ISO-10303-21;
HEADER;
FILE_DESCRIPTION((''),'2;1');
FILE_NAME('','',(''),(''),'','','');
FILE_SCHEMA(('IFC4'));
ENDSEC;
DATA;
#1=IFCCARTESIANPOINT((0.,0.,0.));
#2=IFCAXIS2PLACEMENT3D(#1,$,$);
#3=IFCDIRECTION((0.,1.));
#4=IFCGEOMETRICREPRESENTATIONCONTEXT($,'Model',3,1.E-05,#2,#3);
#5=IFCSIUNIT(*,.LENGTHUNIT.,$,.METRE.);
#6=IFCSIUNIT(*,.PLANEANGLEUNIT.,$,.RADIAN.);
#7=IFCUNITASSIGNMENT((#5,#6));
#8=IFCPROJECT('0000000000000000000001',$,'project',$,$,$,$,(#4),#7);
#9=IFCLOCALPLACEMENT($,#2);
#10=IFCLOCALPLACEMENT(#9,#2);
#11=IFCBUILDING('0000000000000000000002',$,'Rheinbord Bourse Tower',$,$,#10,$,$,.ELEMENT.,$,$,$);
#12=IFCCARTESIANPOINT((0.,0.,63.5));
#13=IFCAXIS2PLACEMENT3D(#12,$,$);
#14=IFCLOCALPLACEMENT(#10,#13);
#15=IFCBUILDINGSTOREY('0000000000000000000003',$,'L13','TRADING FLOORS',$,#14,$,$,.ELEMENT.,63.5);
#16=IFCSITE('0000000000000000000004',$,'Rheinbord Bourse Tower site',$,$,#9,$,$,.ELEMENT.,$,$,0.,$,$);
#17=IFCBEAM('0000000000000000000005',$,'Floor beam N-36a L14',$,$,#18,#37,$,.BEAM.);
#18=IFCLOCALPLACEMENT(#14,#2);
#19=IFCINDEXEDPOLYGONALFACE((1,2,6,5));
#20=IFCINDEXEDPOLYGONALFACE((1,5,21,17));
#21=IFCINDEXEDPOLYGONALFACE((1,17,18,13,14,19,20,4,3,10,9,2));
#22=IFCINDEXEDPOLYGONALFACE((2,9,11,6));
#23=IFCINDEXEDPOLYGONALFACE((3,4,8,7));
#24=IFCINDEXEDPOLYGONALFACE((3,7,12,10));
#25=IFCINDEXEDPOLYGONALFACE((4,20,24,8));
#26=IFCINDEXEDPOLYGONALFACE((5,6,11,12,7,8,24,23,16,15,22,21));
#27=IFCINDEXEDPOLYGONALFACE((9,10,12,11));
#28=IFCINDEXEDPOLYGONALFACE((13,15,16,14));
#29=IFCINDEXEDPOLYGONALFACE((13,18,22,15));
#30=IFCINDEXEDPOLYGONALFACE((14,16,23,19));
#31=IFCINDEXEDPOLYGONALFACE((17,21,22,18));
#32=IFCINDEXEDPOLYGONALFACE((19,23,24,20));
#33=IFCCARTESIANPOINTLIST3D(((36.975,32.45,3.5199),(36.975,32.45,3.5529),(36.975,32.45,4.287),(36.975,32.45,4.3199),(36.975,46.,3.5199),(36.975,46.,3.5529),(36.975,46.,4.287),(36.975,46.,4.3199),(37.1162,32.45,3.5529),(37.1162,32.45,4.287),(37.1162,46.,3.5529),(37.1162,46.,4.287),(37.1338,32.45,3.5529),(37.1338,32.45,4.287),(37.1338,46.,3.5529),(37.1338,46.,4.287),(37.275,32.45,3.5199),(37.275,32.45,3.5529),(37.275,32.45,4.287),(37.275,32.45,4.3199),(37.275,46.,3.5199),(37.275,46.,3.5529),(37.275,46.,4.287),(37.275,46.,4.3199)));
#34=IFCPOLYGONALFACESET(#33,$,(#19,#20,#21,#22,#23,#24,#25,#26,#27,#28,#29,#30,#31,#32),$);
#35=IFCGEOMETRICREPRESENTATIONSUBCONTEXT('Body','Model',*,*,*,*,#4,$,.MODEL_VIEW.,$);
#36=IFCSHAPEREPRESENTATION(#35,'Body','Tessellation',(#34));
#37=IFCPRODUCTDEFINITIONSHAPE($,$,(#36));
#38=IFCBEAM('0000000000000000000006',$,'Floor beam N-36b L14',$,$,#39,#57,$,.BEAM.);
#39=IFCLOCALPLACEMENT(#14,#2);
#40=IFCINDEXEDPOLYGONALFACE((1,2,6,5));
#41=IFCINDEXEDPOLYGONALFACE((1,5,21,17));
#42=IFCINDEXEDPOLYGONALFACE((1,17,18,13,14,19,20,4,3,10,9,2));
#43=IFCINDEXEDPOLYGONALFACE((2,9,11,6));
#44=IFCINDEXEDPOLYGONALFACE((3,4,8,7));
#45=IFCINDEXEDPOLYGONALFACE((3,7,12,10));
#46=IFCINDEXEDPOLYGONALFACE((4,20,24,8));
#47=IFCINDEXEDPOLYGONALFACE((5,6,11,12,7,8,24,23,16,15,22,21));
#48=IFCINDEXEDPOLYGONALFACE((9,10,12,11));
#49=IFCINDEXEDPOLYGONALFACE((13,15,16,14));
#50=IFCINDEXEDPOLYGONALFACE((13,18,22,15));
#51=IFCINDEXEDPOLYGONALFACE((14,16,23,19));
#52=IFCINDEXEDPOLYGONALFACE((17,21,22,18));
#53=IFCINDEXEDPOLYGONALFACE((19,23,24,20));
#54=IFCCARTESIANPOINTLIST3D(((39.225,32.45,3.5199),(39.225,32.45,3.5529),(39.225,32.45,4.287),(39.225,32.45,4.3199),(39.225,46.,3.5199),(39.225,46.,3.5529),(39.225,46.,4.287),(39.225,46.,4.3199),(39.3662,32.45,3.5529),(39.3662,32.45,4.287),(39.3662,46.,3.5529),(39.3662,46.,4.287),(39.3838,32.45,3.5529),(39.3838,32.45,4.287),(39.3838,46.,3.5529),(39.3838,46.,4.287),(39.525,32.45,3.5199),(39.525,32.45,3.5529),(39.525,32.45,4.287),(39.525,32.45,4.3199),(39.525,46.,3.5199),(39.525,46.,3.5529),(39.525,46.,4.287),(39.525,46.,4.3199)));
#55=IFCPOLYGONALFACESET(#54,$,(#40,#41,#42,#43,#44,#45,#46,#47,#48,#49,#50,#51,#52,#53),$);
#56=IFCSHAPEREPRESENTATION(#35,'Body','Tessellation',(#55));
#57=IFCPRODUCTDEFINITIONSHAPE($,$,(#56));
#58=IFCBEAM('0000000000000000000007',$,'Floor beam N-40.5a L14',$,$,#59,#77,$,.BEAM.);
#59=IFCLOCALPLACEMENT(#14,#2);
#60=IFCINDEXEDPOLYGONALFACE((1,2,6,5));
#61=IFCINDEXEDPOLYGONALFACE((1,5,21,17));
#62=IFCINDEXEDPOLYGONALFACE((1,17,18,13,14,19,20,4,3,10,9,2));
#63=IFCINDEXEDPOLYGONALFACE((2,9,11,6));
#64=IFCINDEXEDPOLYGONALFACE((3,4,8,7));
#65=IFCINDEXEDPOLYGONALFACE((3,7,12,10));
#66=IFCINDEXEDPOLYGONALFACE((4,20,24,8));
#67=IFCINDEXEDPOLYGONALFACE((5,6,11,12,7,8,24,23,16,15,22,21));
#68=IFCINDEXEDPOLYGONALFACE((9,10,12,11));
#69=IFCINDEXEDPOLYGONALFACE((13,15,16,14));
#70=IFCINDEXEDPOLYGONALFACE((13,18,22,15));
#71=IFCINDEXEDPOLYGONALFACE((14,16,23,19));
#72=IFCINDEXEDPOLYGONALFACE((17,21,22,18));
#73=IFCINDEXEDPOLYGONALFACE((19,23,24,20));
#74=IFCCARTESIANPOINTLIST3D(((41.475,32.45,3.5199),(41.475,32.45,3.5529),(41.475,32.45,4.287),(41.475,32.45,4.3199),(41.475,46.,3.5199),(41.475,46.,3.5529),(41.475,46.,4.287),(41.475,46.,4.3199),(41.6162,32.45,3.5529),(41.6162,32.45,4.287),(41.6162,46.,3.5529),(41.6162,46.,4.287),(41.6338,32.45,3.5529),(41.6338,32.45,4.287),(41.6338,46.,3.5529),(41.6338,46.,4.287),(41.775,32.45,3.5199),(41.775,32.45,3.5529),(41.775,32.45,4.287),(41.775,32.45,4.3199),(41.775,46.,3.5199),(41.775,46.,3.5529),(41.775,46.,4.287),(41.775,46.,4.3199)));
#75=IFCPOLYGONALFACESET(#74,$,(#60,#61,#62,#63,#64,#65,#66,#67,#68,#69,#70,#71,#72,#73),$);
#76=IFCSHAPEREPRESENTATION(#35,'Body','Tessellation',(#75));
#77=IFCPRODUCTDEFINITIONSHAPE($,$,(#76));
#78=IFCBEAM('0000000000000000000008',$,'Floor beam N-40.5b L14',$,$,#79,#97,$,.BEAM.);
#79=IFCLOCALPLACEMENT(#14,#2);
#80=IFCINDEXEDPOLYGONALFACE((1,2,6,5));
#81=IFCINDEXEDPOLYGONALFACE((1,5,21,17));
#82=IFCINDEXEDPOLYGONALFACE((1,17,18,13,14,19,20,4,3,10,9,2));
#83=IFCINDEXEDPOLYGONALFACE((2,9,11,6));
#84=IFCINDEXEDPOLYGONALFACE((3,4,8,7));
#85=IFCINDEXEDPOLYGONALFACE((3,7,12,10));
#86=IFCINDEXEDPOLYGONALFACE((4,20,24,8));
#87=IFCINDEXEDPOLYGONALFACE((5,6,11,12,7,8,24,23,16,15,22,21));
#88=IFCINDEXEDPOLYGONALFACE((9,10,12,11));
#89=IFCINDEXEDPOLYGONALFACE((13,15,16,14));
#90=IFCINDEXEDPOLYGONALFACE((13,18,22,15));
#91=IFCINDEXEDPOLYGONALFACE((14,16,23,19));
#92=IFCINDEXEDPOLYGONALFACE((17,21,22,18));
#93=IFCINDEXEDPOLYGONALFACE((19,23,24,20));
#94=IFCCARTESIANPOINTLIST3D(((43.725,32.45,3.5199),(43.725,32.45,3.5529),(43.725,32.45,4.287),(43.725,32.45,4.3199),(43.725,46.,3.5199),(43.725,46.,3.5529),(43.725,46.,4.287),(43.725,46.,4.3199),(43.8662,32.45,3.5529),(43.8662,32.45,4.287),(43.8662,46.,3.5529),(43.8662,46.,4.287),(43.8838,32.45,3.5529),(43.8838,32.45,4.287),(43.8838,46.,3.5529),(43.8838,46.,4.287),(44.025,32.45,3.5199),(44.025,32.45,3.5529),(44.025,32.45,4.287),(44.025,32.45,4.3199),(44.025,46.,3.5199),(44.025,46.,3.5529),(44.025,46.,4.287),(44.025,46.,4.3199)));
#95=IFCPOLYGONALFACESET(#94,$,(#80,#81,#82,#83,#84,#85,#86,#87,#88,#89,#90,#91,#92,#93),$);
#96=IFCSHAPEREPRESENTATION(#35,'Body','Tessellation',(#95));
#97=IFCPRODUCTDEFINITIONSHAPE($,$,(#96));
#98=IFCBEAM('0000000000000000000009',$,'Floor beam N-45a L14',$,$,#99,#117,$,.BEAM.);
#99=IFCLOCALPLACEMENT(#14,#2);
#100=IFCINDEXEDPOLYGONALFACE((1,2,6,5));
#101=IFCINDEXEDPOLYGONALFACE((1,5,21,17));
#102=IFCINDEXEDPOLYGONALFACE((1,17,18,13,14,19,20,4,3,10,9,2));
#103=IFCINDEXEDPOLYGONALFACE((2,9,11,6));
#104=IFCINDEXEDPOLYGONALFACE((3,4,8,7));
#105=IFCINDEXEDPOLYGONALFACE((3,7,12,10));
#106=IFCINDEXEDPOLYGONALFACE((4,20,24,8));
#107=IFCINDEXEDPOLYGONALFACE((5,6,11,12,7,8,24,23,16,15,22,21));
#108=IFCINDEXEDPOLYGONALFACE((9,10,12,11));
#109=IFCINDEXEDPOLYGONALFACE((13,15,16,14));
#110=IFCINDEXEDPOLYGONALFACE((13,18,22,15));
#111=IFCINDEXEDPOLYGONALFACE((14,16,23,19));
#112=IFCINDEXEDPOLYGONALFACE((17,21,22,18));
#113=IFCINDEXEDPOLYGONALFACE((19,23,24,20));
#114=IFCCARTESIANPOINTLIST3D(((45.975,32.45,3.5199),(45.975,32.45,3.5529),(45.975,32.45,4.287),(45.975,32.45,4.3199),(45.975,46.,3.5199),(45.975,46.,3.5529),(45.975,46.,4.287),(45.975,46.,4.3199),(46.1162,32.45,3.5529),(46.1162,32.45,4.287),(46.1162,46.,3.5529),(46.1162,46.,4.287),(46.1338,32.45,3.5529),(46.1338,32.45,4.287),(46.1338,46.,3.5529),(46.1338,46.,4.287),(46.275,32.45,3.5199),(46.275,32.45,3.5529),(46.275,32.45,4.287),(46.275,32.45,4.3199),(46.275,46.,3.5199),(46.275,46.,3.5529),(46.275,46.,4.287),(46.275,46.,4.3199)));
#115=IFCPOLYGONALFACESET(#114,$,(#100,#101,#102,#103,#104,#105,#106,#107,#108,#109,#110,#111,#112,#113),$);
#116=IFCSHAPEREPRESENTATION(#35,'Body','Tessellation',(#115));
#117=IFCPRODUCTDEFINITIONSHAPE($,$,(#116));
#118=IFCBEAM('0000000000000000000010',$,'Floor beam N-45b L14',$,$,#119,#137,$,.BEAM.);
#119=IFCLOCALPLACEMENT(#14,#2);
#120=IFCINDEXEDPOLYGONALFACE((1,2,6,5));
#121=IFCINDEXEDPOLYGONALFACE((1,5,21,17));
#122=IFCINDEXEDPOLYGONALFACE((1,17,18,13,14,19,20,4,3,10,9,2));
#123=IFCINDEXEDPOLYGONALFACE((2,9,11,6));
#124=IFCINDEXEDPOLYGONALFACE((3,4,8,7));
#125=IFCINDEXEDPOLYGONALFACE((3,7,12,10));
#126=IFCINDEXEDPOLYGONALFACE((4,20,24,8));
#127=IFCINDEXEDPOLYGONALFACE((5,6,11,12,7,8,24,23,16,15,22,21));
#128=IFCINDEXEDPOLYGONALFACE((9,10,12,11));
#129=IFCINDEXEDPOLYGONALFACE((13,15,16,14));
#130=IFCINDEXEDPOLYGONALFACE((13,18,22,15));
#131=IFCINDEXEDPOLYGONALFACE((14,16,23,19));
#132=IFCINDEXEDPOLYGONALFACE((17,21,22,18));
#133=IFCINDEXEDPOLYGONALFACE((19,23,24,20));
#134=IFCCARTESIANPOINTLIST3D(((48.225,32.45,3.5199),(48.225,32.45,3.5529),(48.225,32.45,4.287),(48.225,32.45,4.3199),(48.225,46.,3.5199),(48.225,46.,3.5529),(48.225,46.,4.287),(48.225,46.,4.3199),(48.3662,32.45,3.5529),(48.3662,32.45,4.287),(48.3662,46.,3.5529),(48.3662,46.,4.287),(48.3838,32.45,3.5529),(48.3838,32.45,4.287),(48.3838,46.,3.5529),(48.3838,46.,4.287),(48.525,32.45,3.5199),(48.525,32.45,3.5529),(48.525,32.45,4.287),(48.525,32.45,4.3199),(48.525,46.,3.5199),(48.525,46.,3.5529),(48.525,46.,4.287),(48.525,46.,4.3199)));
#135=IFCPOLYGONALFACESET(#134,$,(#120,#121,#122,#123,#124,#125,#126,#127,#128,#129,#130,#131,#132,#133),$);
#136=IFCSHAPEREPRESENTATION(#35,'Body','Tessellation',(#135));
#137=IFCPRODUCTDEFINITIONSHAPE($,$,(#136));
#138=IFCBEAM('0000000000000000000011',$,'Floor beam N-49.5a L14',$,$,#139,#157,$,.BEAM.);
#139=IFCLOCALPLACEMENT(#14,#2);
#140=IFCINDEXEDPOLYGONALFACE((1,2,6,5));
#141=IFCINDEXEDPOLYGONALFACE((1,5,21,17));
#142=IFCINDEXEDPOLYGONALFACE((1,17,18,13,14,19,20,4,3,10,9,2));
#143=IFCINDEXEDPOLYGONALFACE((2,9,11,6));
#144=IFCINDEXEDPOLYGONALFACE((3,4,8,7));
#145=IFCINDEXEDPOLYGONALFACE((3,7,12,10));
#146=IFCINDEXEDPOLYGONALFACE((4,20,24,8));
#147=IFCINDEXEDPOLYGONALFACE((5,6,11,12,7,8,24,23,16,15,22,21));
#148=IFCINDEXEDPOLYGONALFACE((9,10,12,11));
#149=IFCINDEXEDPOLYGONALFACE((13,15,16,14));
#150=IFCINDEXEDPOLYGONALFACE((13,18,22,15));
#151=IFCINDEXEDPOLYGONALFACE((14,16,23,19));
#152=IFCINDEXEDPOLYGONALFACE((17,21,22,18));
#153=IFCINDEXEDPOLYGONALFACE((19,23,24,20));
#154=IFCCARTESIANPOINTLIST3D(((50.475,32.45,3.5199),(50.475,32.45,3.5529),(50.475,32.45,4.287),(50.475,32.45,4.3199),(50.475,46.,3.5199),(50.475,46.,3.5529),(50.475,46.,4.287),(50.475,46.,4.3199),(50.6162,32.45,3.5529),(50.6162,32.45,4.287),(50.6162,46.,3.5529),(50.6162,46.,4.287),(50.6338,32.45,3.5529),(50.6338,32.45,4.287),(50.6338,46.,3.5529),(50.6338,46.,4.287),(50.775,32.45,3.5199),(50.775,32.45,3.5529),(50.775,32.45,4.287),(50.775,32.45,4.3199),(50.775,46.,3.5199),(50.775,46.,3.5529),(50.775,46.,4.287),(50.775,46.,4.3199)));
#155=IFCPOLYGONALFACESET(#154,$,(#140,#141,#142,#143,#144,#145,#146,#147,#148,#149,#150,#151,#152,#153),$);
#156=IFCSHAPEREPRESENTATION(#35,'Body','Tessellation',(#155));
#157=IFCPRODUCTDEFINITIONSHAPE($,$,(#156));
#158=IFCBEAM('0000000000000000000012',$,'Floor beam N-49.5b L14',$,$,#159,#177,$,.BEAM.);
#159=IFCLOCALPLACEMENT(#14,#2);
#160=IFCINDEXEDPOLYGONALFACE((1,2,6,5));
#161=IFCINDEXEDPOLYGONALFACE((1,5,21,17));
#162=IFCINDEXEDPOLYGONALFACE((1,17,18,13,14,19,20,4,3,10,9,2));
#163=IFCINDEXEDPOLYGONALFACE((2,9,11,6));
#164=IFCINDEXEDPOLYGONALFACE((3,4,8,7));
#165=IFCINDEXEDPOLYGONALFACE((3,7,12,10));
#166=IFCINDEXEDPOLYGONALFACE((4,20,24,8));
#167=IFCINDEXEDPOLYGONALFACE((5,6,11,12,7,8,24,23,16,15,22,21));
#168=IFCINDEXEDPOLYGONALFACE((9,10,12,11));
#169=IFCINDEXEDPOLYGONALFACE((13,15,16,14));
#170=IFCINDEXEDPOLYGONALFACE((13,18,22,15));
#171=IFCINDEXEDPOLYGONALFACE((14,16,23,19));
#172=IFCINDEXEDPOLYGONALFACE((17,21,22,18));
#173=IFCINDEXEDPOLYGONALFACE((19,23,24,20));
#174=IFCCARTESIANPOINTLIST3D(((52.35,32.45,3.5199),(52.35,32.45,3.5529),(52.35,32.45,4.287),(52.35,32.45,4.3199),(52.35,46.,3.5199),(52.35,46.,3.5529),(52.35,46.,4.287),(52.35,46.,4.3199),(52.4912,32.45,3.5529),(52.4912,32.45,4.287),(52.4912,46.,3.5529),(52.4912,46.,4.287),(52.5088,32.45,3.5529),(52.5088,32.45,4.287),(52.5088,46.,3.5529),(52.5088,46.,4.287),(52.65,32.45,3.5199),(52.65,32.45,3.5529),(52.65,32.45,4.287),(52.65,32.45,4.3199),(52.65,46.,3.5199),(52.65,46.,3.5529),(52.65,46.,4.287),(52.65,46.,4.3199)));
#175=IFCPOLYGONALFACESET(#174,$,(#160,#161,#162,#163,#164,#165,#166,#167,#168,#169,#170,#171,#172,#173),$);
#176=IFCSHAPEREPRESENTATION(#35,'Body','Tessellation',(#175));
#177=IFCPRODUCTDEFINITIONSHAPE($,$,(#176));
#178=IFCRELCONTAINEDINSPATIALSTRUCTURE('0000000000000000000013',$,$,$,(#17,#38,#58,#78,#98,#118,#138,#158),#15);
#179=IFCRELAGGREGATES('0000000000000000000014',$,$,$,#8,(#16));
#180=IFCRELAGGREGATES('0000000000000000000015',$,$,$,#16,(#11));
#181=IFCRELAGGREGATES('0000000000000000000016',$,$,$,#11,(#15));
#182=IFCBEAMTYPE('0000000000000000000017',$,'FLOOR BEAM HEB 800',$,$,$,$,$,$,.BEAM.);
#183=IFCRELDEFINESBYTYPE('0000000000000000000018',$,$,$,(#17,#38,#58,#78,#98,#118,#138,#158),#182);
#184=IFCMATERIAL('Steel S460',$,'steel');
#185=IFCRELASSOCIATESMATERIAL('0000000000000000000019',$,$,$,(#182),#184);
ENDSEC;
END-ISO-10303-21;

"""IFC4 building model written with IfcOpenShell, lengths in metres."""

from ifc_helpers import new_model, si_unit, direction, frame, origin, origin_2d, place, context, subcontext, project, spatial, i_section, extrude, material, material_profile, profile_set, type_object, element, save


model = new_model("IFC4")

# Units and contexts
model_context = context("Model", 3, precision=1e-05, world=origin(), true_north=direction((0.0, 1.0)))
body_context = subcontext(model_context, "Body", "Model", "MODEL_VIEW")
ifc_project = project(units=[si_unit("LENGTHUNIT", "METRE"), si_unit("PLANEANGLEUNIT", "RADIAN")], contexts=[model_context])

# Site, building, storey
site_placement = place(None, origin())
site = spatial("IfcSite", under=ifc_project, at=site_placement, Name="Rheinbord Bourse Tower site", CompositionType="ELEMENT", RefElevation=0.0)
building_placement = place(site_placement, origin())
building = spatial("IfcBuilding", under=site, at=building_placement, Name="Rheinbord Bourse Tower", CompositionType="ELEMENT")
storey_placement = place(building_placement, frame((0.0, 0.0, 63.5)))
storey = spatial("IfcBuildingStorey", under=building, at=storey_placement, Name="L13", Description="TRADING FLOORS", CompositionType="ELEMENT", Elevation=63.5)

# Beams
ifc_material_1 = material(Name="Steel S460", Category="steel")
ifc_material_profile_1 = material_profile(ifc_material_1, i_section(OverallWidth=0.3, OverallDepth=0.8, WebThickness=0.0176, FlangeThickness=0.033, at=origin_2d()), Name="HEB 800")
ifc_profile_set_1 = profile_set([ifc_material_profile_1], Name="Steel S460")
beam_type_1 = type_object("IfcBeamType", Name="FLOOR BEAM HEB 800", PredefinedType="BEAM", material=ifc_profile_set_1)
for number, where, z_axis, x_axis, name in (
    (1, (37.125, 46.0, 3.9199), (0.0, -1.0, 0.0), (1.0, 0.0, 0.0), "Floor beam N-36a L14"),
    (2, (39.375, 46.0, 3.9199), (0.0, -1.0, 0.0), (1.0, 0.0, 0.0), "Floor beam N-36b L14"),
    (3, (41.625, 46.0, 3.9199), (0.0, -1.0, 0.0), (1.0, 0.0, 0.0), "Floor beam N-40.5a L14"),
    (4, (43.875, 46.0, 3.9199), (0.0, -1.0, 0.0), (1.0, 0.0, 0.0), "Floor beam N-40.5b L14"),
    (5, (46.125, 46.0, 3.9199), (0.0, -1.0, 0.0), (1.0, 0.0, 0.0), "Floor beam N-45a L14"),
    (6, (48.375, 46.0, 3.9199), (0.0, -1.0, 0.0), (1.0, 0.0, 0.0), "Floor beam N-45b L14"),
    (7, (50.625, 46.0, 3.9199), (0.0, -1.0, 0.0), (1.0, 0.0, 0.0), "Floor beam N-49.5a L14"),
    (8, (52.5, 46.0, 3.9199), (0.0, -1.0, 0.0), (1.0, 0.0, 0.0), "Floor beam N-49.5b L14"),
):
    element("IfcBeam", number, at=place(storey_placement, frame(where, z_axis=z_axis, x_axis=x_axis)), inside=storey, type_object=beam_type_1, Name=name, PredefinedType="BEAM", context=body_context, shape_type="SweptSolid", body=[
        extrude(i_section(OverallWidth=0.3, OverallDepth=0.8, WebThickness=0.0176, FlangeThickness=0.033, at=origin_2d()), origin(), (0.0, 0.0, 1.0), 13.55),
    ])

save(model, "model.ifc")
